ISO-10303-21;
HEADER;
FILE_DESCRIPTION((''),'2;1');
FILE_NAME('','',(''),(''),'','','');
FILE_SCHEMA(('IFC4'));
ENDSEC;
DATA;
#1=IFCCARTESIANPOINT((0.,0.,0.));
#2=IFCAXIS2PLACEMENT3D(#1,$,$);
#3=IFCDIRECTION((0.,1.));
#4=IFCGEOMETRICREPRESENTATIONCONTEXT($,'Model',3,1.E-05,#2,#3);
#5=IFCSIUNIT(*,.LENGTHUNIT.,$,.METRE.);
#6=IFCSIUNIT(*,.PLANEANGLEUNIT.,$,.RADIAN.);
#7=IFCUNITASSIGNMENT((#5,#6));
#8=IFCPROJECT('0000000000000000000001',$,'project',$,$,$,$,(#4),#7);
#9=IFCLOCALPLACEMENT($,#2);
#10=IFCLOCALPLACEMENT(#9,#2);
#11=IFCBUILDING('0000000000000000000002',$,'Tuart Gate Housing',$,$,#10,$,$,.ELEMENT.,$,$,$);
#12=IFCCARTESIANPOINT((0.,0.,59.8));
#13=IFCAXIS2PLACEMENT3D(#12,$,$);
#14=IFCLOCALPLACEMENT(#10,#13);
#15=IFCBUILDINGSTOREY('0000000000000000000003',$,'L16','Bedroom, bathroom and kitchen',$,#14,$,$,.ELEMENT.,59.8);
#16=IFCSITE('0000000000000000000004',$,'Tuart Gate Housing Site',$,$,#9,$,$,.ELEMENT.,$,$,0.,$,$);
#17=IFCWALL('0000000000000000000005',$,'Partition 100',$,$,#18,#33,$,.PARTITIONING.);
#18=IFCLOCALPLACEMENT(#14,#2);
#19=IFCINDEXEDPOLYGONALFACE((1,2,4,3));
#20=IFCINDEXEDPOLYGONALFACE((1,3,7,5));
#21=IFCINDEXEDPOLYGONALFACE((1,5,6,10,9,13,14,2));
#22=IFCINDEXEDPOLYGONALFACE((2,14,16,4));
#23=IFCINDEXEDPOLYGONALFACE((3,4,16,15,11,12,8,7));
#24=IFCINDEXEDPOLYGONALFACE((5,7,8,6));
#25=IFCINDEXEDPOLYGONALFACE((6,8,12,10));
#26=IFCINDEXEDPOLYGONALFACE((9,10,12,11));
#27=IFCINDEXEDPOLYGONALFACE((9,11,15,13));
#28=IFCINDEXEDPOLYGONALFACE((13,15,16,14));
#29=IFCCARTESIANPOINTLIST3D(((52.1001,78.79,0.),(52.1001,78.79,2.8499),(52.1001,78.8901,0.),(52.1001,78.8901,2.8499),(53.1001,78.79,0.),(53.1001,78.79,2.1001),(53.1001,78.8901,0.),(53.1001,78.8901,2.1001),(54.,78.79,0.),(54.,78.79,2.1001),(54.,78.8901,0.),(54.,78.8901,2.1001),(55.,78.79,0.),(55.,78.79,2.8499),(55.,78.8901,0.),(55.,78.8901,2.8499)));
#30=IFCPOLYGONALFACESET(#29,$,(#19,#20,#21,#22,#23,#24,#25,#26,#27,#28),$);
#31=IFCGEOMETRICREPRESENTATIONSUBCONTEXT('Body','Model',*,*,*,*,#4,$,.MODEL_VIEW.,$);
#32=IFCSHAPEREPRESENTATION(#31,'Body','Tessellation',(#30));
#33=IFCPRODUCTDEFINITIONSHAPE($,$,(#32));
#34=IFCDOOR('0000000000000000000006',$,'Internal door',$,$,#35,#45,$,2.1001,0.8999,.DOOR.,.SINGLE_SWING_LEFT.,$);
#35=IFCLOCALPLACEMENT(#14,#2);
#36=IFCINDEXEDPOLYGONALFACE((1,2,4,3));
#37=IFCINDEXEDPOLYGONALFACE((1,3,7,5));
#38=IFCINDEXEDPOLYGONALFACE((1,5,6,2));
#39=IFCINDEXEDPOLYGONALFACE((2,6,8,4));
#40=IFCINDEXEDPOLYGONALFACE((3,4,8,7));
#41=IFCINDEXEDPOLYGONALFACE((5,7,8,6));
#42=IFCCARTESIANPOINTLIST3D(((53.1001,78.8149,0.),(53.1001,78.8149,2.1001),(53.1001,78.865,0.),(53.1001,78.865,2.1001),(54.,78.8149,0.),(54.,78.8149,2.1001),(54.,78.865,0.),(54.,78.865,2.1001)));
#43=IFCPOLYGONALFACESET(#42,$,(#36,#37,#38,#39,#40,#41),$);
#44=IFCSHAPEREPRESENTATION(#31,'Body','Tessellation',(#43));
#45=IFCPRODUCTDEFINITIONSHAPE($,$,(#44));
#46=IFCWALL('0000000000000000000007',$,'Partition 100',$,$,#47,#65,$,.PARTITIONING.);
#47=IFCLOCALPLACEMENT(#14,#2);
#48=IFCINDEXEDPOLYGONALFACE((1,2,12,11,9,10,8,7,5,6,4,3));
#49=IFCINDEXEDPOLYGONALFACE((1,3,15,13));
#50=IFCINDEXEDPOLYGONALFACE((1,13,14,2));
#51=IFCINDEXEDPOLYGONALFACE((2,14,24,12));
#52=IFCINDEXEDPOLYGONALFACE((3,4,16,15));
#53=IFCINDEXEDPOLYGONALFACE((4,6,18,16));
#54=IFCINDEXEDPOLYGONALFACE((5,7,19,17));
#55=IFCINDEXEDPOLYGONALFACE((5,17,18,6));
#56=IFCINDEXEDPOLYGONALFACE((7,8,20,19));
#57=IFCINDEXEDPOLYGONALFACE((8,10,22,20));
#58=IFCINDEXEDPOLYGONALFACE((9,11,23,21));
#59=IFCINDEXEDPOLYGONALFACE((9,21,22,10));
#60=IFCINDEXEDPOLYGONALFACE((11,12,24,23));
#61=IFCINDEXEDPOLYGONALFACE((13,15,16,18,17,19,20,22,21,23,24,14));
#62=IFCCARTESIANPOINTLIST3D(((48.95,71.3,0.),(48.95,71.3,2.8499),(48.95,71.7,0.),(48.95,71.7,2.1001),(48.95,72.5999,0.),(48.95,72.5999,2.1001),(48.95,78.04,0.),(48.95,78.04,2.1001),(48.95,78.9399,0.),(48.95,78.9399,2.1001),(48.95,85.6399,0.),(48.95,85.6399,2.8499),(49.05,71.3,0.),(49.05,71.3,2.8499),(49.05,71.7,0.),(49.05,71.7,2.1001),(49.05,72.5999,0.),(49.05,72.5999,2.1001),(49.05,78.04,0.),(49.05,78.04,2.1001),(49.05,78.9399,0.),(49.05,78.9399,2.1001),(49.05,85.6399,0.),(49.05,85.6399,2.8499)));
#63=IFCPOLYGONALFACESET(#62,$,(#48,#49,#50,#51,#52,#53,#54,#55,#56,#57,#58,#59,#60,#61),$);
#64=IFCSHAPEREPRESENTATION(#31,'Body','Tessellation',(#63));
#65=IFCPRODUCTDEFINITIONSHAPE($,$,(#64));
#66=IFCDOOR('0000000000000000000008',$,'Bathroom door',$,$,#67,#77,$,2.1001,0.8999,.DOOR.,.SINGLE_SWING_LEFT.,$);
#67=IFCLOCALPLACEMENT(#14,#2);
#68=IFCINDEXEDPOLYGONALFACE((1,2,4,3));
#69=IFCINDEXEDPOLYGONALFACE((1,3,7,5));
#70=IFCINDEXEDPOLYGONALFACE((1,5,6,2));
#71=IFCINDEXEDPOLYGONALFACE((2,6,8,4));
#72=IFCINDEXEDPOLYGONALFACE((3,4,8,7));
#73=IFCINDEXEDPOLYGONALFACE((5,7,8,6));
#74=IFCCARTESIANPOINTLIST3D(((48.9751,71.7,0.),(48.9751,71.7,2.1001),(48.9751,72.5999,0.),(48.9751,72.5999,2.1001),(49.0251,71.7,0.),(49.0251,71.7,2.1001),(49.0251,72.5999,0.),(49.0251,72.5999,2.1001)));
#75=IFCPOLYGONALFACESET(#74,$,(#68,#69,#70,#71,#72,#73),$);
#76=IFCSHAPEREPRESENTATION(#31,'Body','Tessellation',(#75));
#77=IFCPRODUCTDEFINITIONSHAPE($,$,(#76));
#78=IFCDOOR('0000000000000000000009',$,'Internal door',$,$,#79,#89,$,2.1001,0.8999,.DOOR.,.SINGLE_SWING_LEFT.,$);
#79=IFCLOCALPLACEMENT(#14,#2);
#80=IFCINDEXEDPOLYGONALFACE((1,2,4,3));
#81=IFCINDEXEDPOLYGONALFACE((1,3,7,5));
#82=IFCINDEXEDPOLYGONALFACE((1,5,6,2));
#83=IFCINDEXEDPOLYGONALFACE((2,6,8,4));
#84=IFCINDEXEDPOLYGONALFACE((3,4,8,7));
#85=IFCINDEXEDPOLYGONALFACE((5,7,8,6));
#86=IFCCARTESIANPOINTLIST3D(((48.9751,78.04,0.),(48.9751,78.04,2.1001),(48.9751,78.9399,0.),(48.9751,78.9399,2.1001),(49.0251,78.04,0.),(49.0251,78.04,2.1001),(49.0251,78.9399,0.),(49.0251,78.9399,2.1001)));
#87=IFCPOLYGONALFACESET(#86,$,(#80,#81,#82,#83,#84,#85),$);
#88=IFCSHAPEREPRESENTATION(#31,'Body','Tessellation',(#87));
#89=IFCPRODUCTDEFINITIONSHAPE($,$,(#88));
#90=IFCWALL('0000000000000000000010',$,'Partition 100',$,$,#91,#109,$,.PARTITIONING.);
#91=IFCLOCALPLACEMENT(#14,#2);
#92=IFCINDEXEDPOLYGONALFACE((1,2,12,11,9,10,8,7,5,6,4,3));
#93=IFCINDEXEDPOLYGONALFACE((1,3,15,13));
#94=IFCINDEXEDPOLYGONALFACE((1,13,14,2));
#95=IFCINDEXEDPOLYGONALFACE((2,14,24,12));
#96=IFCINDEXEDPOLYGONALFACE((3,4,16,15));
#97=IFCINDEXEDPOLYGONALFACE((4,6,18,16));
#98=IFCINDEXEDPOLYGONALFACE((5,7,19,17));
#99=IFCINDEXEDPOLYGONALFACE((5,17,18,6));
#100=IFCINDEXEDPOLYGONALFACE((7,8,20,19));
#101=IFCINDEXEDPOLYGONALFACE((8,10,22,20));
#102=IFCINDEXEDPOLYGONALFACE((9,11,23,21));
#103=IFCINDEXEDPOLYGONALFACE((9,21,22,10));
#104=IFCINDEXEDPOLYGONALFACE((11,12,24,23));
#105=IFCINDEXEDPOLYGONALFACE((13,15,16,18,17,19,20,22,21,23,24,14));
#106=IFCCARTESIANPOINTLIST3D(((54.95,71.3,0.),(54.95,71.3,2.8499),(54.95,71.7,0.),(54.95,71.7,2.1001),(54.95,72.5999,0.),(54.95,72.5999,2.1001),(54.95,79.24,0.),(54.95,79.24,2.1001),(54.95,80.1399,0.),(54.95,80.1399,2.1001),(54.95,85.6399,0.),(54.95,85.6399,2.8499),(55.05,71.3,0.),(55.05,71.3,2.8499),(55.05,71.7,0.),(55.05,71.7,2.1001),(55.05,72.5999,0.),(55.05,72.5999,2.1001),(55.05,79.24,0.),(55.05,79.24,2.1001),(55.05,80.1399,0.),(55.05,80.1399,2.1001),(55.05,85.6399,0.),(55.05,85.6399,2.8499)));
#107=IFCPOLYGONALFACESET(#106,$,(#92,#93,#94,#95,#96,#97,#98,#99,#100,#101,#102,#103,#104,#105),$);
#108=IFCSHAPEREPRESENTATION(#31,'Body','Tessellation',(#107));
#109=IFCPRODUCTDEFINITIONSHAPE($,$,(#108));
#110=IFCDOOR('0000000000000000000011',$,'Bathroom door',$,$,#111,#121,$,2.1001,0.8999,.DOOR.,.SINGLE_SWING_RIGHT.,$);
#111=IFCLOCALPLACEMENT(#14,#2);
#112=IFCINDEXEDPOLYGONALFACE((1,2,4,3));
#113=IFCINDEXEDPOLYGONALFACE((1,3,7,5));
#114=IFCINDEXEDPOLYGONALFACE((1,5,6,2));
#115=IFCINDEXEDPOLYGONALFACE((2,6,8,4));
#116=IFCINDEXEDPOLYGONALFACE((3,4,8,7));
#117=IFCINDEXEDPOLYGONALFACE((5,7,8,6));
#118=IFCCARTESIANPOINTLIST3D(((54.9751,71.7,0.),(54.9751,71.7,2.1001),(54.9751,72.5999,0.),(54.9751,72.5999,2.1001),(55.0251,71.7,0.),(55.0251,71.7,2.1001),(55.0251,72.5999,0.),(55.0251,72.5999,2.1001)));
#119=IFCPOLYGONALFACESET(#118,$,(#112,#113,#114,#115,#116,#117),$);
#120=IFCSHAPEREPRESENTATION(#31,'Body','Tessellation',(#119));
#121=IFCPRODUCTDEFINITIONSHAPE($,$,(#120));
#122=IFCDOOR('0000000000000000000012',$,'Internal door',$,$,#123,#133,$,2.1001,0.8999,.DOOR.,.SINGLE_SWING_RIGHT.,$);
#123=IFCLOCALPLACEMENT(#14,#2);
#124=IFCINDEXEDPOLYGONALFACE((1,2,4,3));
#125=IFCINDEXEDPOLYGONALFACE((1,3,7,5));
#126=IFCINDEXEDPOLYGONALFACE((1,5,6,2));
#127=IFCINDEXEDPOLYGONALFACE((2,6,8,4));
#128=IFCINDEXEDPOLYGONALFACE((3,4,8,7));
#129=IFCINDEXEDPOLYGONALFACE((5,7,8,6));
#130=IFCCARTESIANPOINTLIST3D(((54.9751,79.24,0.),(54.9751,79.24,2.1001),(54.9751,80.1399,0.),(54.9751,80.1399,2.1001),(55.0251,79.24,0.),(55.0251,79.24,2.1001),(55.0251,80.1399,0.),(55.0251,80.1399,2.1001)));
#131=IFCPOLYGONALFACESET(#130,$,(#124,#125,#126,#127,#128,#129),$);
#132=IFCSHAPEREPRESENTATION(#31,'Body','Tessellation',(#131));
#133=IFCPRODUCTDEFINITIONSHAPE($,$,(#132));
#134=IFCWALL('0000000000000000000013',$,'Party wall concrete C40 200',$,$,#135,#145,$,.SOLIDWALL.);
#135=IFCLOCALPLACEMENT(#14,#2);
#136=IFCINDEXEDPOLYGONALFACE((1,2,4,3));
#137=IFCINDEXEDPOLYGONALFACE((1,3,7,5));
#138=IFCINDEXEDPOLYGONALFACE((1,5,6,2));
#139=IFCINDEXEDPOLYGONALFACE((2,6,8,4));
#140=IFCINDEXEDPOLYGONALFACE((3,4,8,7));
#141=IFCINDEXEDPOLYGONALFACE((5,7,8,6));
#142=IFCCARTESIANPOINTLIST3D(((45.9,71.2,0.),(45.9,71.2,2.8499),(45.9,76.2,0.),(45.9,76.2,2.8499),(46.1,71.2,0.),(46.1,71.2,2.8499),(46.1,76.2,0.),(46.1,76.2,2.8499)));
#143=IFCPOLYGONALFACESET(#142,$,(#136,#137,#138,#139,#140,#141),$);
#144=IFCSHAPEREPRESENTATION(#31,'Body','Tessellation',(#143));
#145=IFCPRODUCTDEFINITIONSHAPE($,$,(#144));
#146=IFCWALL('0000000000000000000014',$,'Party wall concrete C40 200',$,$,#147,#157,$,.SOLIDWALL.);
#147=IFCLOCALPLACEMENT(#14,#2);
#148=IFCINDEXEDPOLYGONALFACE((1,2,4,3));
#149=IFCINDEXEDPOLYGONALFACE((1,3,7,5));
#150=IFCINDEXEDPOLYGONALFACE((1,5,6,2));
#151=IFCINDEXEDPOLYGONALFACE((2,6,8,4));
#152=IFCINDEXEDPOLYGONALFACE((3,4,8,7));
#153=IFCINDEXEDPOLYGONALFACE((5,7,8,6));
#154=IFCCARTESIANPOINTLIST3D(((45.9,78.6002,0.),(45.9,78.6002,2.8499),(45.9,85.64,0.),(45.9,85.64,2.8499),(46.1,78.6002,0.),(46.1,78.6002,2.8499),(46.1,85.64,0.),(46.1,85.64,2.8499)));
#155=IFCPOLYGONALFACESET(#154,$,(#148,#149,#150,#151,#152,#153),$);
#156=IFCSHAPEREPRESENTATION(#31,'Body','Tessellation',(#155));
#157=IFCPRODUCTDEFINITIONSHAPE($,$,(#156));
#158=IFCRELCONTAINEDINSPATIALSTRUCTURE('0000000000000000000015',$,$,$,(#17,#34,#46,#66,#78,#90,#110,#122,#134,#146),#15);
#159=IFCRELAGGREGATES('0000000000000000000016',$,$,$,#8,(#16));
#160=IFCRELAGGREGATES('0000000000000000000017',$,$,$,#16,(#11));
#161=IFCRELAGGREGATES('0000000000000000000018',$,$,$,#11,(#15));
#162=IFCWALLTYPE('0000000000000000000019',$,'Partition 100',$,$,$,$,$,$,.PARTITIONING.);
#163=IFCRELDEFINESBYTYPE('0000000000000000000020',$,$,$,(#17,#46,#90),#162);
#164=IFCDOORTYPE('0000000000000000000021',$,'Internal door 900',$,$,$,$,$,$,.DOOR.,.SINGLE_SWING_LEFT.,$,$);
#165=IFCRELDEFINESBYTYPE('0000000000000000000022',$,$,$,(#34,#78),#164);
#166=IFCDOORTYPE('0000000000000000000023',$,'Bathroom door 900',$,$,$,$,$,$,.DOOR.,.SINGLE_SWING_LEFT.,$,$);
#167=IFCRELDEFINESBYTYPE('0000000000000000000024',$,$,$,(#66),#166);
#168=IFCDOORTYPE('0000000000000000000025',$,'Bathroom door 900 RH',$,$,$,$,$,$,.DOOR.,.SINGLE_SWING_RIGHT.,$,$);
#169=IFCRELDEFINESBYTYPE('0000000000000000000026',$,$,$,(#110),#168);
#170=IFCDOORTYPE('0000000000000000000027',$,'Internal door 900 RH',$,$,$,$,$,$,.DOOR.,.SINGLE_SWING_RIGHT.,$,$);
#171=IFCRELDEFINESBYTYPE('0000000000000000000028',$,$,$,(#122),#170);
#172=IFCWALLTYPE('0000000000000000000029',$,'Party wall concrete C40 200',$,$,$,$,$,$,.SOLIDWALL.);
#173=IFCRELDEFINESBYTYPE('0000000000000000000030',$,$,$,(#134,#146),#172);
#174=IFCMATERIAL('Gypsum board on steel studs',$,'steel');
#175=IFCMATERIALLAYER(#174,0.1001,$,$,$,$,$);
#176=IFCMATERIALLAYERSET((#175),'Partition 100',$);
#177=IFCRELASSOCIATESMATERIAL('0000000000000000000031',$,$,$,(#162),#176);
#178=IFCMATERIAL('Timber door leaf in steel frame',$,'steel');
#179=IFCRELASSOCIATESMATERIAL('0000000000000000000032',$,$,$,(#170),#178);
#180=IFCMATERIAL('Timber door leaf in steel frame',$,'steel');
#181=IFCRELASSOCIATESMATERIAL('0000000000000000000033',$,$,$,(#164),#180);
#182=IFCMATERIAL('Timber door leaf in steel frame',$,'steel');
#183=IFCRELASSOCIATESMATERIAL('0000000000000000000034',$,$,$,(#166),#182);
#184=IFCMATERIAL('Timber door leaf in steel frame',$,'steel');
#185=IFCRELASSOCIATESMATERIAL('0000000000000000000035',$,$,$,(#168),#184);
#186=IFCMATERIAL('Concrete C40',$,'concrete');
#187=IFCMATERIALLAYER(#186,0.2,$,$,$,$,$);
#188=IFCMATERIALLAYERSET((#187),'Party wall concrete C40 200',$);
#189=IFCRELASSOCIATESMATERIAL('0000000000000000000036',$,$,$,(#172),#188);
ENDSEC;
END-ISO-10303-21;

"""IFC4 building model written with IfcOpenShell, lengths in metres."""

from ifc_helpers import new_model, si_unit, direction, frame, frame_2d, origin, place, context, subcontext, project, spatial, rectangle, extrude, material, layer, layer_set, type_object, element, fill, save


model = new_model("IFC4")

# Units and contexts
model_context = context("Model", 3, precision=1e-05, world=origin(), true_north=direction((0.0, 1.0)))
body_context = subcontext(model_context, "Body", "Model", "MODEL_VIEW")
ifc_project = project(units=[si_unit("LENGTHUNIT", "METRE"), si_unit("PLANEANGLEUNIT", "RADIAN")], contexts=[model_context])

# Site, building, storey
site_placement = place(None, origin())
site = spatial("IfcSite", under=ifc_project, at=site_placement, Name="Tuart Gate Housing Site", CompositionType="ELEMENT", RefElevation=0.0)
building_placement = place(site_placement, origin())
building = spatial("IfcBuilding", under=site, at=building_placement, Name="Tuart Gate Housing", CompositionType="ELEMENT")
storey_placement = place(building_placement, frame((0.0, 0.0, 59.8)))
storey = spatial("IfcBuildingStorey", under=building, at=storey_placement, Name="L16", Description="Bedroom, bathroom and kitchen", CompositionType="ELEMENT", Elevation=59.8)

# Shared definitions
ifc_material_1 = material(Name="Gypsum board on steel studs", Category="steel")
ifc_layer_1 = layer(ifc_material_1, 0.1001)
ifc_layer_set_1 = layer_set([ifc_layer_1], Name="Partition 100")
wall_type_1 = type_object("IfcWallType", Name="Partition 100", PredefinedType="PARTITIONING", material=ifc_layer_set_1)

# Wall, opening, door
ifc_material_2 = material(Name="Timber door leaf in steel frame", Category="steel")
door_type_1 = type_object("IfcDoorType", Name="Internal door 900 RH", OperationType="SINGLE_SWING_RIGHT", PredefinedType="DOOR", material=ifc_material_2)
wall_1_placement = place(storey_placement, frame((52.1001, 78.8401, 0.0), z_axis=(0.0, 0.0, 1.0), x_axis=(1.0, 0.0, 0.0)))
wall_1 = element("IfcWall", 1, at=wall_1_placement, inside=storey, type_object=wall_type_1, Name="Partition 100", PredefinedType="PARTITIONING", context=body_context, shape_type="SweptSolid", body=[
    extrude(rectangle(XDim=2.8999, YDim=0.1001, at=frame_2d((1.45, 0.0))), origin(), (0.0, 0.0, 1.0), 2.8499),
])
opening_1_placement = place(wall_1_placement, frame((1.0, 0.0, 0.0)))
opening_1 = element("IfcOpeningElement", 2, at=opening_1_placement, cuts=wall_1, PredefinedType="OPENING", context=body_context, shape_type="SweptSolid", body=[
    extrude(rectangle(XDim=0.8999, YDim=2.1001, at=frame_2d((0.45, 1.05))), frame((0.0, 0.0601, 0.0), z_axis=(0.0, -1.0, 0.0), x_axis=(1.0, 0.0, 0.0)), (0.0, 0.0, 1.0), 0.1201),
])
ifc_material_3 = material(Name="Timber door leaf in steel frame", Category="steel")
door_type_2 = type_object("IfcDoorType", Name="Internal door 900", OperationType="SINGLE_SWING_LEFT", PredefinedType="DOOR", material=ifc_material_3)
door_1_placement = place(opening_1_placement, frame((0.8999, 0.0, 0.0), z_axis=(0.0, 0.0, 1.0), x_axis=(-1.0, 0.0, 0.0)))
door_1 = element("IfcDoor", 3, at=door_1_placement, inside=storey, type_object=door_type_2, Name="Internal door", OperationType="SINGLE_SWING_LEFT", OverallHeight=2.1001, OverallWidth=0.8999, PredefinedType="DOOR", context=body_context, shape_type="SweptSolid", body=[
    extrude(rectangle(XDim=0.8999, YDim=2.1001, at=frame_2d((0.45, 1.05))), frame((0.0, 0.0251, 0.0), z_axis=(0.0, -1.0, 0.0), x_axis=(1.0, 0.0, 0.0)), (0.0, 0.0, 1.0), 0.05),
])
fill(opening_1, door_1)

# Walls, openings, doors
wall_2_placement = place(storey_placement, frame((49.0, 71.3, 0.0), z_axis=(0.0, 0.0, 1.0), x_axis=(0.0, 1.0, 0.0)))
wall_2 = element("IfcWall", 4, at=wall_2_placement, inside=storey, type_object=wall_type_1, Name="Partition 100", PredefinedType="PARTITIONING", context=body_context, shape_type="SweptSolid", body=[
    extrude(rectangle(XDim=14.3398, YDim=0.1001, at=frame_2d((7.1699, 0.0))), origin(), (0.0, 0.0, 1.0), 2.8499),
])
opening_2_placement = place(wall_2_placement, frame((6.74, 0.0, 0.0)))
opening_2 = element("IfcOpeningElement", 5, at=opening_2_placement, cuts=wall_2, PredefinedType="OPENING", context=body_context, shape_type="SweptSolid", body=[
    extrude(rectangle(XDim=0.8999, YDim=2.1001, at=frame_2d((0.45, 1.05))), frame((0.0, 0.0601, 0.0), z_axis=(0.0, -1.0, 0.0), x_axis=(1.0, 0.0, 0.0)), (0.0, 0.0, 1.0), 0.1201),
])
opening_3_placement = place(wall_2_placement, frame((0.3999, 0.0, 0.0)))
opening_3 = element("IfcOpeningElement", 6, at=opening_3_placement, cuts=wall_2, PredefinedType="OPENING", context=body_context, shape_type="SweptSolid", body=[
    extrude(rectangle(XDim=0.8999, YDim=2.1001, at=frame_2d((0.45, 1.05))), frame((0.0, 0.0601, 0.0), z_axis=(0.0, -1.0, 0.0), x_axis=(1.0, 0.0, 0.0)), (0.0, 0.0, 1.0), 0.1201),
])
ifc_material_4 = material(Name="Timber door leaf in steel frame", Category="steel")
door_type_3 = type_object("IfcDoorType", Name="Bathroom door 900", OperationType="SINGLE_SWING_LEFT", PredefinedType="DOOR", material=ifc_material_4)
door_2_placement = place(opening_3_placement, origin())
door_2 = element("IfcDoor", 7, at=door_2_placement, inside=storey, type_object=door_type_3, Name="Bathroom door", OperationType="SINGLE_SWING_LEFT", OverallHeight=2.1001, OverallWidth=0.8999, PredefinedType="DOOR", context=body_context, shape_type="SweptSolid", body=[
    extrude(rectangle(XDim=0.8999, YDim=2.1001, at=frame_2d((0.45, 1.05))), frame((0.0, 0.0249, 0.0), z_axis=(0.0, -1.0, 0.0), x_axis=(1.0, 0.0, 0.0)), (0.0, 0.0, 1.0), 0.05),
])
fill(opening_3, door_2)
door_3_placement = place(opening_2_placement, origin())
door_3 = element("IfcDoor", 8, at=door_3_placement, inside=storey, type_object=door_type_2, Name="Internal door", OperationType="SINGLE_SWING_LEFT", OverallHeight=2.1001, OverallWidth=0.8999, PredefinedType="DOOR", context=body_context, shape_type="SweptSolid", body=[
    extrude(rectangle(XDim=0.8999, YDim=2.1001, at=frame_2d((0.45, 1.05))), frame((0.0, 0.0249, 0.0), z_axis=(0.0, -1.0, 0.0), x_axis=(1.0, 0.0, 0.0)), (0.0, 0.0, 1.0), 0.05),
])
fill(opening_2, door_3)
wall_3_placement = place(storey_placement, frame((55.0, 71.3, 0.0), z_axis=(0.0, 0.0, 1.0), x_axis=(0.0, 1.0, 0.0)))
wall_3 = element("IfcWall", 9, at=wall_3_placement, inside=storey, type_object=wall_type_1, Name="Partition 100", PredefinedType="PARTITIONING", context=body_context, shape_type="SweptSolid", body=[
    extrude(rectangle(XDim=14.3398, YDim=0.1001, at=frame_2d((7.1699, 0.0))), origin(), (0.0, 0.0, 1.0), 2.8499),
])
opening_4_placement = place(wall_3_placement, frame((7.9399, 0.0, 0.0)))
opening_4 = element("IfcOpeningElement", 10, at=opening_4_placement, cuts=wall_3, PredefinedType="OPENING", context=body_context, shape_type="SweptSolid", body=[
    extrude(rectangle(XDim=0.8999, YDim=2.1001, at=frame_2d((0.45, 1.05))), frame((0.0, 0.0601, 0.0), z_axis=(0.0, -1.0, 0.0), x_axis=(1.0, 0.0, 0.0)), (0.0, 0.0, 1.0), 0.1201),
])
opening_5_placement = place(wall_3_placement, frame((0.3999, 0.0, 0.0)))
opening_5 = element("IfcOpeningElement", 11, at=opening_5_placement, cuts=wall_3, PredefinedType="OPENING", context=body_context, shape_type="SweptSolid", body=[
    extrude(rectangle(XDim=0.8999, YDim=2.1001, at=frame_2d((0.45, 1.05))), frame((0.0, 0.0601, 0.0), z_axis=(0.0, -1.0, 0.0), x_axis=(1.0, 0.0, 0.0)), (0.0, 0.0, 1.0), 0.1201),
])
ifc_material_5 = material(Name="Timber door leaf in steel frame", Category="steel")
door_type_4 = type_object("IfcDoorType", Name="Bathroom door 900 RH", OperationType="SINGLE_SWING_RIGHT", PredefinedType="DOOR", material=ifc_material_5)
door_4_placement = place(opening_5_placement, frame((0.8999, 0.0, 0.0), z_axis=(0.0, 0.0, 1.0), x_axis=(-1.0, 0.0, 0.0)))
door_4 = element("IfcDoor", 12, at=door_4_placement, inside=storey, type_object=door_type_4, Name="Bathroom door", OperationType="SINGLE_SWING_RIGHT", OverallHeight=2.1001, OverallWidth=0.8999, PredefinedType="DOOR", context=body_context, shape_type="SweptSolid", body=[
    extrude(rectangle(XDim=0.8999, YDim=2.1001, at=frame_2d((0.45, 1.05))), frame((0.0, 0.0251, 0.0), z_axis=(0.0, -1.0, 0.0), x_axis=(1.0, 0.0, 0.0)), (0.0, 0.0, 1.0), 0.05),
])
fill(opening_5, door_4)
door_5_placement = place(opening_4_placement, frame((0.8999, 0.0, 0.0), z_axis=(0.0, 0.0, 1.0), x_axis=(-1.0, 0.0, 0.0)))
door_5 = element("IfcDoor", 13, at=door_5_placement, inside=storey, type_object=door_type_1, Name="Internal door", OperationType="SINGLE_SWING_RIGHT", OverallHeight=2.1001, OverallWidth=0.8999, PredefinedType="DOOR", context=body_context, shape_type="SweptSolid", body=[
    extrude(rectangle(XDim=0.8999, YDim=2.1001, at=frame_2d((0.45, 1.05))), frame((0.0, 0.0251, 0.0), z_axis=(0.0, -1.0, 0.0), x_axis=(1.0, 0.0, 0.0)), (0.0, 0.0, 1.0), 0.05),
])
fill(opening_4, door_5)

# Walls
ifc_material_6 = material(Name="Concrete C40", Category="concrete")
ifc_layer_2 = layer(ifc_material_6, 0.2)
ifc_layer_set_2 = layer_set([ifc_layer_2], Name="Party wall concrete C40 200")
wall_type_2 = type_object("IfcWallType", Name="Party wall concrete C40 200", PredefinedType="SOLIDWALL", material=ifc_layer_set_2)
wall_4_placement = place(storey_placement, frame((46.0, 71.2, 0.0), z_axis=(0.0, 0.0, 1.0), x_axis=(0.0, 1.0, 0.0)))
element("IfcWall", 14, at=wall_4_placement, inside=storey, type_object=wall_type_2, Name="Party wall concrete C40 200", PredefinedType="SOLIDWALL", context=body_context, shape_type="SweptSolid", body=[
    extrude(rectangle(XDim=5.0, YDim=0.2, at=frame_2d((2.5, 0.0))), origin(), (0.0, 0.0, 1.0), 2.8499),
])
wall_5_placement = place(storey_placement, frame((46.0, 78.6001, 0.0), z_axis=(0.0, 0.0, 1.0), x_axis=(0.0, 1.0, 0.0)))
element("IfcWall", 15, at=wall_5_placement, inside=storey, type_object=wall_type_2, Name="Party wall concrete C40 200", PredefinedType="SOLIDWALL", context=body_context, shape_type="SweptSolid", body=[
    extrude(rectangle(XDim=7.0398, YDim=0.2, at=frame_2d((3.52, 0.0))), origin(), (0.0, 0.0, 1.0), 2.8499),
])

save(model, "model.ifc")
